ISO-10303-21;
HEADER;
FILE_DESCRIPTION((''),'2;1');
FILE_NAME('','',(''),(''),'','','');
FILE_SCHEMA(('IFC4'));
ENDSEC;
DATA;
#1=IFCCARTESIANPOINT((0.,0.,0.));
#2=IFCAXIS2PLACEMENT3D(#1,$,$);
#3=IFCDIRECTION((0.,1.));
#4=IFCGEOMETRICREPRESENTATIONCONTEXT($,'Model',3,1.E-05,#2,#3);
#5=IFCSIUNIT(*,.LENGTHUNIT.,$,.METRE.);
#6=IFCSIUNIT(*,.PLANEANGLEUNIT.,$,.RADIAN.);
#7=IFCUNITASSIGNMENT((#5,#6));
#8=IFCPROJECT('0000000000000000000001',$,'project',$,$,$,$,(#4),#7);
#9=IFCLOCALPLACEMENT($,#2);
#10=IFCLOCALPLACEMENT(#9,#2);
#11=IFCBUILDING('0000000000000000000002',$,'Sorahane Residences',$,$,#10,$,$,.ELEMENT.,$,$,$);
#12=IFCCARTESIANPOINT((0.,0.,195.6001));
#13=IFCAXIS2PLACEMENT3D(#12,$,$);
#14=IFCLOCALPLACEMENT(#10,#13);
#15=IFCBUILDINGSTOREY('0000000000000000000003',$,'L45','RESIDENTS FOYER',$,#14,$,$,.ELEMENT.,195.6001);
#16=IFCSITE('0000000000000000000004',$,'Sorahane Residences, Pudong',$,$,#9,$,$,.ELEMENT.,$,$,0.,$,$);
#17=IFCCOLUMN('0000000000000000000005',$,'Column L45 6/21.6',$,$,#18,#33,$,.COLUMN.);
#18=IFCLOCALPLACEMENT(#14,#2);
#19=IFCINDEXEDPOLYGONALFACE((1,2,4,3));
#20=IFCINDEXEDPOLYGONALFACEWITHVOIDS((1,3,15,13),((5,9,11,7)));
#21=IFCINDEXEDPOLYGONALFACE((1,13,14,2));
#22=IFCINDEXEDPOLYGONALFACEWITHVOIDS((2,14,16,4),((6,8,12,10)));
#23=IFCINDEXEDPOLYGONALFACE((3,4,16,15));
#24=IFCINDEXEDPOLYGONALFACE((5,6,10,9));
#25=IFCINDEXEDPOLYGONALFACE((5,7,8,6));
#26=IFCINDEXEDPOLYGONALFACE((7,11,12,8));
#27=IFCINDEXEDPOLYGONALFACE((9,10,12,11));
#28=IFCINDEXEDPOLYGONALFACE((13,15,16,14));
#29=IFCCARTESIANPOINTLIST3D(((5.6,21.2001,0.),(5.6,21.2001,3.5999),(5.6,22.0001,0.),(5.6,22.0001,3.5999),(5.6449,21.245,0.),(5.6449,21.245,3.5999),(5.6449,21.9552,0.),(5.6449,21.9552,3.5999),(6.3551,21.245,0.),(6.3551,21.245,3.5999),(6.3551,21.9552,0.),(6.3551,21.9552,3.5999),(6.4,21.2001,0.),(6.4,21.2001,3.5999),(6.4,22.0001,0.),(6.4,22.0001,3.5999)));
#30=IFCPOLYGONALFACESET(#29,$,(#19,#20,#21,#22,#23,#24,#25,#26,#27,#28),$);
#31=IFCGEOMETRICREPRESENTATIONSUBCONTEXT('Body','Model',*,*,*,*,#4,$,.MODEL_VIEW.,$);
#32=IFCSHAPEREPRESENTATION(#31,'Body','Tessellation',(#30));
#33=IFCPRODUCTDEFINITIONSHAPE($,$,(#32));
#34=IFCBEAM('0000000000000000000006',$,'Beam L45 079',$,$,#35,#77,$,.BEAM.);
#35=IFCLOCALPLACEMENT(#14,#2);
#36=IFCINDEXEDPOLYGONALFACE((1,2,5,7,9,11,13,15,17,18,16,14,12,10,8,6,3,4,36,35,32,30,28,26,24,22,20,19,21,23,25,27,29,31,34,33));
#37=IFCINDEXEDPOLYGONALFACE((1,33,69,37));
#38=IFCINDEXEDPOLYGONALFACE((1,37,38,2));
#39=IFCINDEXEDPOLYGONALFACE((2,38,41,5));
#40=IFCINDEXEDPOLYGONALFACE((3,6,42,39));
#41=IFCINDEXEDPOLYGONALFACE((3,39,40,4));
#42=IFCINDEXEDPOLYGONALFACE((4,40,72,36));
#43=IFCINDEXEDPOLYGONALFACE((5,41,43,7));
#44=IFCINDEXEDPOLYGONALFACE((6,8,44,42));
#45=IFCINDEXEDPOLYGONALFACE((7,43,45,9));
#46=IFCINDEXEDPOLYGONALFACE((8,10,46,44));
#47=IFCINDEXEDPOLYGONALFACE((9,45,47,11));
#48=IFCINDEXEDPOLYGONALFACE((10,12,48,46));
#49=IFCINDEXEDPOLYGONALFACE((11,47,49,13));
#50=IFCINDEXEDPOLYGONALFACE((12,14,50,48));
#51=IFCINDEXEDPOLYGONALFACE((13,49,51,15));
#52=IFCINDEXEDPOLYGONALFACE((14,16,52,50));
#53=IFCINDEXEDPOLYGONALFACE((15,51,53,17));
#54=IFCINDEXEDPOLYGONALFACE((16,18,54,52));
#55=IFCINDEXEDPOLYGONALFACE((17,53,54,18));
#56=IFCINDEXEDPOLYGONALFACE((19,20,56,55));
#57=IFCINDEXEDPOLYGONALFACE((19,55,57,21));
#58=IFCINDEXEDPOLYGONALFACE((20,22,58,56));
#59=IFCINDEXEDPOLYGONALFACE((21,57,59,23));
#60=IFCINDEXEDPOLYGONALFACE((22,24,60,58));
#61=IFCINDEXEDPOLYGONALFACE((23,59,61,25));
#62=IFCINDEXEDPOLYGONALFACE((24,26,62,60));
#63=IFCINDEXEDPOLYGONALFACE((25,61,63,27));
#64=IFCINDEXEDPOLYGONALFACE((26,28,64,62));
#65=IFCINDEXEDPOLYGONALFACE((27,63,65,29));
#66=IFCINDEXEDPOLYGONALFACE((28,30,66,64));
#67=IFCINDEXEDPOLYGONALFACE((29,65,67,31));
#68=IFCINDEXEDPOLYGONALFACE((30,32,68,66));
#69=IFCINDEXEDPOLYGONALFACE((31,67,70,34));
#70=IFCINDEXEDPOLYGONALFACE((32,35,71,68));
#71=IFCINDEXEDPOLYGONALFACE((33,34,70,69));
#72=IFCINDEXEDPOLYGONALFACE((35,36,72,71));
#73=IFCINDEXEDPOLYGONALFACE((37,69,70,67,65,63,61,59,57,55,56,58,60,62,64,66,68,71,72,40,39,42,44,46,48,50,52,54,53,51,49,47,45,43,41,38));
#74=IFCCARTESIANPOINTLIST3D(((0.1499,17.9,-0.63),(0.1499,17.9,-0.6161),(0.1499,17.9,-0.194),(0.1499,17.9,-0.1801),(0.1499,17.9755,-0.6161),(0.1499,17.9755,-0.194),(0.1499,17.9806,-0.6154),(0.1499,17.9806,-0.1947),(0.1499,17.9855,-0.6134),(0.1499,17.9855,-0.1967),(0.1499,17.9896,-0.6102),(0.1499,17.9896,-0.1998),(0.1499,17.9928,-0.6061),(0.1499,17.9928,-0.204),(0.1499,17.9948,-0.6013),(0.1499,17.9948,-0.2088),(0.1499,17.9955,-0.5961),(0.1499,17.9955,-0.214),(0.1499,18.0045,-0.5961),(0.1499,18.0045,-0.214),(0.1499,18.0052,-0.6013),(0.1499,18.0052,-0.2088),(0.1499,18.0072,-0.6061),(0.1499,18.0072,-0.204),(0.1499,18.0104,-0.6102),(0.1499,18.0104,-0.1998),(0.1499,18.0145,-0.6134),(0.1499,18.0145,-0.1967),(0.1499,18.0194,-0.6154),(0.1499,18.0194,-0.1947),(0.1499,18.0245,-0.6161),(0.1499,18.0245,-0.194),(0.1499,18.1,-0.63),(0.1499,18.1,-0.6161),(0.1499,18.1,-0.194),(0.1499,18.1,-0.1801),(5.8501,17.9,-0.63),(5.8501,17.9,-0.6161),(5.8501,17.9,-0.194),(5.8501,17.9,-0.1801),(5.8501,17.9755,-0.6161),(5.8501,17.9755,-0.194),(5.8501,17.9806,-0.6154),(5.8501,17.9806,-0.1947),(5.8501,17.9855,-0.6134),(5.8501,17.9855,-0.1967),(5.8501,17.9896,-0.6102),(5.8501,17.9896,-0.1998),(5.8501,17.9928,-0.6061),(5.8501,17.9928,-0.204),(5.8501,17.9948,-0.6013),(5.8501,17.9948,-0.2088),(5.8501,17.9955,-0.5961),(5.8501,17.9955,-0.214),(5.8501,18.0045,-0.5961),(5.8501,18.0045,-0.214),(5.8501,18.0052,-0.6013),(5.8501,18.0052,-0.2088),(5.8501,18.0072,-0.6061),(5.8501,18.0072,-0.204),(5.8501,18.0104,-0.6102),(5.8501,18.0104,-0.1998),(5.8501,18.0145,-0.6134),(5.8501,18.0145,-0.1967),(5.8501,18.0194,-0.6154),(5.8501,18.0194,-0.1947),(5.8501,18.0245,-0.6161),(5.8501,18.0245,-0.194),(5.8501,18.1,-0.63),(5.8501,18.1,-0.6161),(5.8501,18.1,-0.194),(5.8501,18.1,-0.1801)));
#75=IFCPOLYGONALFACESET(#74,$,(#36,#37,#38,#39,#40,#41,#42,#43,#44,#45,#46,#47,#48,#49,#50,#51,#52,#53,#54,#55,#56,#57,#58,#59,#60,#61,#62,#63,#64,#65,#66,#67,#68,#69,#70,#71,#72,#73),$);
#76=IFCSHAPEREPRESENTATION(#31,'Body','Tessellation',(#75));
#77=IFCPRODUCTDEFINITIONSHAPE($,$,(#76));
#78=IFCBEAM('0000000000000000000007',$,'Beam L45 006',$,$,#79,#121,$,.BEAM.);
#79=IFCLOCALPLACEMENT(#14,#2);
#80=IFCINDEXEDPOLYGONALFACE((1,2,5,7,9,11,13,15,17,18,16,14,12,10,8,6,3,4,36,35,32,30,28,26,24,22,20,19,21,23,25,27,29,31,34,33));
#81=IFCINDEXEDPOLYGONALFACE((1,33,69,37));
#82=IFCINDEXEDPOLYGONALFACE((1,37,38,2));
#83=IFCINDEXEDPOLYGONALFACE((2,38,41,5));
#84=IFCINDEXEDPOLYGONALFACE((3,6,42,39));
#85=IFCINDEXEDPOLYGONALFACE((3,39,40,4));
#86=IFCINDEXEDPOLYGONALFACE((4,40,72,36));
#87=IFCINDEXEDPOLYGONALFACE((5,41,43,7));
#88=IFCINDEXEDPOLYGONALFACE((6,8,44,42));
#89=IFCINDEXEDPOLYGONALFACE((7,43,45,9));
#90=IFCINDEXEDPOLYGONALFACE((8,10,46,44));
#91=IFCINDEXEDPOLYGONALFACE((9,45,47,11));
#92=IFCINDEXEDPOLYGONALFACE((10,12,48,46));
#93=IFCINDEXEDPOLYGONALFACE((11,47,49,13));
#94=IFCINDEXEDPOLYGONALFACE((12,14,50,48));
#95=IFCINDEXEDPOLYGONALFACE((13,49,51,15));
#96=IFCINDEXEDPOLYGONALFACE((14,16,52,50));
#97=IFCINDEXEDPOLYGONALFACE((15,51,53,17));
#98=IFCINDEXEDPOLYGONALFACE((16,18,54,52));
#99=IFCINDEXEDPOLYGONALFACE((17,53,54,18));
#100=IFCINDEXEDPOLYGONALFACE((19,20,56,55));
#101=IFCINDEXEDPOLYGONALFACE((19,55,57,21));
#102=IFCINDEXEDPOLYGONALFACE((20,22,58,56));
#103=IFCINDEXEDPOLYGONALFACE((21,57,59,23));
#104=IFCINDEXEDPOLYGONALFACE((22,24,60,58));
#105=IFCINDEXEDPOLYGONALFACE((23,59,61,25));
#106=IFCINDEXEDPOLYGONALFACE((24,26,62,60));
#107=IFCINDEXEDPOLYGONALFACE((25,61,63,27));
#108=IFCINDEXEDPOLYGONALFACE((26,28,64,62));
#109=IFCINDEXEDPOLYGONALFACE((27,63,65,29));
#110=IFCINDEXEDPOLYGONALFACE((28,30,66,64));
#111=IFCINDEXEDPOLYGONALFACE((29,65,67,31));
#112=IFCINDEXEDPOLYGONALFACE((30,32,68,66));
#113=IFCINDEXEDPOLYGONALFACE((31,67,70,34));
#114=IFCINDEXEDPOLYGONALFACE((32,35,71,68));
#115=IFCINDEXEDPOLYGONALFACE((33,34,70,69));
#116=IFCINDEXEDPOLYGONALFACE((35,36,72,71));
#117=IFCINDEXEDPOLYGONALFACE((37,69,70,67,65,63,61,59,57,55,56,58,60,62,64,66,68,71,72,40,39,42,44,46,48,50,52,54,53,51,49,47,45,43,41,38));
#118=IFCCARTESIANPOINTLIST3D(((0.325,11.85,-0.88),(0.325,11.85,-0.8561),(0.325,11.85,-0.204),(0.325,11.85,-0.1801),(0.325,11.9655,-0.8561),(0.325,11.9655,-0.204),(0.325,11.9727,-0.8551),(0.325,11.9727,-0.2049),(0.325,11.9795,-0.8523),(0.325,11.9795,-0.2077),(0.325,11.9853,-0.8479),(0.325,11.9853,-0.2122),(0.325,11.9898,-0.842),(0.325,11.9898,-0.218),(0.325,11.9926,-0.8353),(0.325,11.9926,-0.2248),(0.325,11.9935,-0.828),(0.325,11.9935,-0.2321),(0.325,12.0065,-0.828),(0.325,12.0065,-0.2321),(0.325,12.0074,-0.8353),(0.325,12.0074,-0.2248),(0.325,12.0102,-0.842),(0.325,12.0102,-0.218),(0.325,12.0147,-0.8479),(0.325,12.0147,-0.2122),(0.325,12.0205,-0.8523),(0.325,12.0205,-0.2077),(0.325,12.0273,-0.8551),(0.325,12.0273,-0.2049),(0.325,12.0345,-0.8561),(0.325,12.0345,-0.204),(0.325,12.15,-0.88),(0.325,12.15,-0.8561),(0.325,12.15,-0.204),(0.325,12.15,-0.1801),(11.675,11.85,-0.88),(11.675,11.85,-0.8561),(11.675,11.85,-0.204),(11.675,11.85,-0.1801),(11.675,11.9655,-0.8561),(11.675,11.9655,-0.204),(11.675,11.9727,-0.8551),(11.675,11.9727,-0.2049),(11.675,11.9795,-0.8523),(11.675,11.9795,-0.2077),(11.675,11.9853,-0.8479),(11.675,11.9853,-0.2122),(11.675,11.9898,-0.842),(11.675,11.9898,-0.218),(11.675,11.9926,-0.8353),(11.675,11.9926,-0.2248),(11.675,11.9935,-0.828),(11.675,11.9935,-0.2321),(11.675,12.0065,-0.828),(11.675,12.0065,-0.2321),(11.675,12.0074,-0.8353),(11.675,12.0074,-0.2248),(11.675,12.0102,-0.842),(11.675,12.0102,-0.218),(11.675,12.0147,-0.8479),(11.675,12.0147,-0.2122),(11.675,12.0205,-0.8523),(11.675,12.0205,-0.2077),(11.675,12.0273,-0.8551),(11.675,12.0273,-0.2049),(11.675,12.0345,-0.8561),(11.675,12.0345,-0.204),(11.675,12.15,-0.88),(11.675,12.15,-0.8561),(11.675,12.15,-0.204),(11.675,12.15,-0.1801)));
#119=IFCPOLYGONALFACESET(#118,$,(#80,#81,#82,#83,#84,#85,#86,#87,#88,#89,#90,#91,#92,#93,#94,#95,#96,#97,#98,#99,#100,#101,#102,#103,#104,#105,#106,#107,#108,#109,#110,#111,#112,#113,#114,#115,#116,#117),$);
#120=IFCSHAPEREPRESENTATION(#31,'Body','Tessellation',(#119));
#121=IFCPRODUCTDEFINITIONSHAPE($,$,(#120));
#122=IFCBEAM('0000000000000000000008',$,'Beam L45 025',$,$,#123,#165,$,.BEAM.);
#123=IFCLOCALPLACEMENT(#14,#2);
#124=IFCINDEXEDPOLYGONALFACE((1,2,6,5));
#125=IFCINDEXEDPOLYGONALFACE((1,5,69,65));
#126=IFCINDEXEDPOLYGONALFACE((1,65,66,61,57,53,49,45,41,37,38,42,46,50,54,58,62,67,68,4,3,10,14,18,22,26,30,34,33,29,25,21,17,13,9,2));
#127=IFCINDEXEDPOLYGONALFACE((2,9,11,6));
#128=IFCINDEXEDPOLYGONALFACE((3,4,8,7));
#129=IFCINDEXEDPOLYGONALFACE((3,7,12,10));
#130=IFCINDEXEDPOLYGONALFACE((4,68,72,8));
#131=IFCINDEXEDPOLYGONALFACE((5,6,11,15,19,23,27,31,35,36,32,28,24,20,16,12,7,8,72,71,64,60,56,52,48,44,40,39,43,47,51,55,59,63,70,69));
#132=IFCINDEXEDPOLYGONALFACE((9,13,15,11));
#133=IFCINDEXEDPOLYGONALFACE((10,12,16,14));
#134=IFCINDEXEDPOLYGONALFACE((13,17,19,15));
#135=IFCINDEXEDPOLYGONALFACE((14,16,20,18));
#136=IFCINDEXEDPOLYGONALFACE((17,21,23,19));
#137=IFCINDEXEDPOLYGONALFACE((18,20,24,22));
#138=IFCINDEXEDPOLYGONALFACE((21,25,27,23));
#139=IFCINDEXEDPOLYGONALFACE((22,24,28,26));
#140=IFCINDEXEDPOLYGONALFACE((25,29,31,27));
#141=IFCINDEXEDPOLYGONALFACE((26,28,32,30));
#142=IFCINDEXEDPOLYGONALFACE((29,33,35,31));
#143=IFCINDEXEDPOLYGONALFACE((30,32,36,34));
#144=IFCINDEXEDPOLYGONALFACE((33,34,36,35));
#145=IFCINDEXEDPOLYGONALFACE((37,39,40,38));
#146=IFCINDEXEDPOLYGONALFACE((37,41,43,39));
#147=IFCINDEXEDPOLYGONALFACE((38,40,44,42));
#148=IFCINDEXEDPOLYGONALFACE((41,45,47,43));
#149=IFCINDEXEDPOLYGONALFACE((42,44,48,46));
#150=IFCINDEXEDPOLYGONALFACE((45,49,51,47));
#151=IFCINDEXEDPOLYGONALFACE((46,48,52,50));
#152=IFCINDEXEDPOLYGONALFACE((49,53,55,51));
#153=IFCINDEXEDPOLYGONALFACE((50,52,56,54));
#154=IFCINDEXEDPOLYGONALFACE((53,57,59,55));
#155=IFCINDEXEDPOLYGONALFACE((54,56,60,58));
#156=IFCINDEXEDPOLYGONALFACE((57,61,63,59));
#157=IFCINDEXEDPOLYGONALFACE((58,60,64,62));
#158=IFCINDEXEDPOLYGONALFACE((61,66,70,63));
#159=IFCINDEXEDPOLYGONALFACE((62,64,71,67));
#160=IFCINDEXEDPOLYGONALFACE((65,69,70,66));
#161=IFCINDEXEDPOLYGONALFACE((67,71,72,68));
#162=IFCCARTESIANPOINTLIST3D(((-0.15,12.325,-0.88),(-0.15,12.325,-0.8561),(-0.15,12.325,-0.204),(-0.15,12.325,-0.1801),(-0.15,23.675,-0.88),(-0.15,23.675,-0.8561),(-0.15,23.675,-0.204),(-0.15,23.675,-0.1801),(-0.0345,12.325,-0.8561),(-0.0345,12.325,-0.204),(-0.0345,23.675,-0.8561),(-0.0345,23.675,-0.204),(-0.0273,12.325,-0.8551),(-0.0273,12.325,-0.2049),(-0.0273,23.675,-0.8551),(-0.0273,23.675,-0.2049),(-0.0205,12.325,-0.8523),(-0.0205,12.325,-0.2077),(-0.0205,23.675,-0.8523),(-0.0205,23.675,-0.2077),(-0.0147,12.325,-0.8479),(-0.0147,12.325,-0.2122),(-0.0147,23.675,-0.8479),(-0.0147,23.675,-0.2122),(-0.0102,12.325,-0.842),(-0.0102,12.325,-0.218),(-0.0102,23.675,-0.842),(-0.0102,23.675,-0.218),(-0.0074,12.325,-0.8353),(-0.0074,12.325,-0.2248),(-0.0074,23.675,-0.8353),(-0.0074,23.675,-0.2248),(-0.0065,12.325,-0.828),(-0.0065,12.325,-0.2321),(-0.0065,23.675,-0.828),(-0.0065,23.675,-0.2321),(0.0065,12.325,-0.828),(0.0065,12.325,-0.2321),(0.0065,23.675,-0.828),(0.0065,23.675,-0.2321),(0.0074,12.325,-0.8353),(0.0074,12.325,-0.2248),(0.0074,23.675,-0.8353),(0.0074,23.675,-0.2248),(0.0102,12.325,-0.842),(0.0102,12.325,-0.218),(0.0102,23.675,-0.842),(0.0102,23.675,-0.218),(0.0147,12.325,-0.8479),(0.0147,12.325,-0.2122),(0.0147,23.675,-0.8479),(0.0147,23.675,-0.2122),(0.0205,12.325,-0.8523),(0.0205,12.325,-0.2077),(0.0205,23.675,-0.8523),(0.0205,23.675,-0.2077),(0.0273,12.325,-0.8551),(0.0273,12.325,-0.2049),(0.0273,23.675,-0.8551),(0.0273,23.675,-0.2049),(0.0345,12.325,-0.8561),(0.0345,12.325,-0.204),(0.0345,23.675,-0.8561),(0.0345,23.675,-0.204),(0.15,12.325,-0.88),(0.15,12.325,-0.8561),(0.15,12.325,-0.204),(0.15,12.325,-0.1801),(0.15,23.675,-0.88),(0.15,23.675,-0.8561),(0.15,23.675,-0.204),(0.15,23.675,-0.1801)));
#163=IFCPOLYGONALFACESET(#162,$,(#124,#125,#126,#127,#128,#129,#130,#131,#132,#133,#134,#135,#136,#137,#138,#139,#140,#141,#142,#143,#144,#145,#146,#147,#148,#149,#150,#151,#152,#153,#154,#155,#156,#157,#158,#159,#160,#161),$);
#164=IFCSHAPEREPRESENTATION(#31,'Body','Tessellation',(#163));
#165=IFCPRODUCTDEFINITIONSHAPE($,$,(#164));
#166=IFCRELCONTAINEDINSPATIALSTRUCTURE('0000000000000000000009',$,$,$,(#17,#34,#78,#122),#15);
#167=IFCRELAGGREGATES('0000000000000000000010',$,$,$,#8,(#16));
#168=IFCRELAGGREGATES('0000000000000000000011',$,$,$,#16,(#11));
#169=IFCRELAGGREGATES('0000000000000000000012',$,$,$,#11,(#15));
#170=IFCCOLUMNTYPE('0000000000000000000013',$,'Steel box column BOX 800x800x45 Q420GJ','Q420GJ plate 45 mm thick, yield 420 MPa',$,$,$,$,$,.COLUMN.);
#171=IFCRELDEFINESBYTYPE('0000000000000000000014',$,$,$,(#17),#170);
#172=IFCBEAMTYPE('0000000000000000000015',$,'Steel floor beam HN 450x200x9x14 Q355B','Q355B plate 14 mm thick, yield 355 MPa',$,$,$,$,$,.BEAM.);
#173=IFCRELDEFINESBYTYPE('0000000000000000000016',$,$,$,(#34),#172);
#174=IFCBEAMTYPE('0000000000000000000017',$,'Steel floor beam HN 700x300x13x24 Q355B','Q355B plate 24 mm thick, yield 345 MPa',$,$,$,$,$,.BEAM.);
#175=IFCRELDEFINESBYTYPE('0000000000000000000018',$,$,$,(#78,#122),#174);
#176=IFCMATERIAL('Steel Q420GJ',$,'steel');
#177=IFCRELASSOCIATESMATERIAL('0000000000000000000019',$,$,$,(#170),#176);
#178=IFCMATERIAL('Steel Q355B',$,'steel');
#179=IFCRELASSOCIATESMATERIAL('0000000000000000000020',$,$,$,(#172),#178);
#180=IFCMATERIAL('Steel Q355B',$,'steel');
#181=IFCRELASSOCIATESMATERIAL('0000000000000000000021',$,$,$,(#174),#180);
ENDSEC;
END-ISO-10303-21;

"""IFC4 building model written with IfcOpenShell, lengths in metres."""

from ifc_helpers import new_model, si_unit, direction, frame, origin, origin_2d, place, context, subcontext, project, spatial, hollow_rectangle, i_section, extrude, material, material_profile, profile_set, type_object, element, save


model = new_model("IFC4")

# Units and contexts
model_context = context("Model", 3, precision=1e-05, world=origin(), true_north=direction((0.0, 1.0)))
body_context = subcontext(model_context, "Body", "Model", "MODEL_VIEW")
ifc_project = project(units=[si_unit("LENGTHUNIT", "METRE"), si_unit("PLANEANGLEUNIT", "RADIAN")], contexts=[model_context])

# Site, building, storey
site_placement = place(None, origin())
site = spatial("IfcSite", under=ifc_project, at=site_placement, Name="Sorahane Residences, Pudong", CompositionType="ELEMENT", RefElevation=0.0)
building_placement = place(site_placement, origin())
building = spatial("IfcBuilding", under=site, at=building_placement, Name="Sorahane Residences", CompositionType="ELEMENT")
storey_placement = place(building_placement, frame((0.0, 0.0, 195.6001)))
storey = spatial("IfcBuildingStorey", under=building, at=storey_placement, Name="L45", Description="RESIDENTS FOYER", CompositionType="ELEMENT", Elevation=195.6001)

# Column
ifc_material_1 = material(Name="Steel Q420GJ", Category="steel")
ifc_material_profile_1 = material_profile(ifc_material_1, hollow_rectangle(XDim=0.8, YDim=0.8, WallThickness=0.0449, at=origin_2d()), Name="BOX 800x800x45")
ifc_profile_set_1 = profile_set([ifc_material_profile_1], Name="Steel Q420GJ")
column_type = type_object("IfcColumnType", Name="Steel box column BOX 800x800x45 Q420GJ", Description="Q420GJ plate 45 mm thick, yield 420 MPa", PredefinedType="COLUMN", material=ifc_profile_set_1)
column_placement = place(storey_placement, frame((6.0, 21.6001, 0.0), z_axis=(0.0, 0.0, 1.0), x_axis=(1.0, 0.0, 0.0)))
element("IfcColumn", 1, at=column_placement, inside=storey, type_object=column_type, Name="Column L45 6/21.6", PredefinedType="COLUMN", context=body_context, shape_type="SweptSolid", body=[
    extrude(hollow_rectangle(XDim=0.8, YDim=0.8, WallThickness=0.0449, at=origin_2d()), origin(), (0.0, 0.0, 1.0), 3.5999),
])

# Beams
ifc_material_2 = material(Name="Steel Q355B", Category="steel")
ifc_material_profile_2 = material_profile(ifc_material_2, i_section(OverallWidth=0.2, OverallDepth=0.45, WebThickness=0.009, FlangeThickness=0.0139, FilletRadius=0.02, at=origin_2d()), Name="HN 450x200x9x14")
ifc_profile_set_2 = profile_set([ifc_material_profile_2], Name="Steel Q355B")
beam_type_1 = type_object("IfcBeamType", Name="Steel floor beam HN 450x200x9x14 Q355B", Description="Q355B plate 14 mm thick, yield 355 MPa", PredefinedType="BEAM", material=ifc_profile_set_2)
beam_1_placement = place(storey_placement, frame((0.1499, 18.0, -0.405), z_axis=(1.0, 0.0, 0.0), x_axis=(0.0, 1.0, 0.0)))
element("IfcBeam", 2, at=beam_1_placement, inside=storey, type_object=beam_type_1, Name="Beam L45 079", PredefinedType="BEAM", context=body_context, shape_type="SweptSolid", body=[
    extrude(i_section(OverallWidth=0.2, OverallDepth=0.45, WebThickness=0.009, FlangeThickness=0.0139, FilletRadius=0.02, at=origin_2d()), origin(), (0.0, 0.0, 1.0), 5.7002),
])
ifc_material_3 = material(Name="Steel Q355B", Category="steel")
ifc_material_profile_3 = material_profile(ifc_material_3, i_section(OverallWidth=0.3, OverallDepth=0.7, WebThickness=0.0129, FlangeThickness=0.0239, FilletRadius=0.0281, at=origin_2d()), Name="HN 700x300x13x24")
ifc_profile_set_3 = profile_set([ifc_material_profile_3], Name="Steel Q355B")
beam_type_2 = type_object("IfcBeamType", Name="Steel floor beam HN 700x300x13x24 Q355B", Description="Q355B plate 24 mm thick, yield 345 MPa", PredefinedType="BEAM", material=ifc_profile_set_3)
for number, where, z_axis, x_axis, name in (
    (3, (0.325, 12.0, -0.53), (1.0, 0.0, 0.0), (0.0, 1.0, 0.0), "Beam L45 006"),
    (4, (0.0, 12.325, -0.53), (0.0, 1.0, 0.0), (-1.0, 0.0, 0.0), "Beam L45 025"),
):
    element("IfcBeam", number, at=place(storey_placement, frame(where, z_axis=z_axis, x_axis=x_axis)), inside=storey, type_object=beam_type_2, Name=name, PredefinedType="BEAM", context=body_context, shape_type="SweptSolid", body=[
        extrude(i_section(OverallWidth=0.3, OverallDepth=0.7, WebThickness=0.0129, FlangeThickness=0.0239, FilletRadius=0.0281, at=origin_2d()), origin(), (0.0, 0.0, 1.0), 11.3501),
    ])

save(model, "model.ifc")
